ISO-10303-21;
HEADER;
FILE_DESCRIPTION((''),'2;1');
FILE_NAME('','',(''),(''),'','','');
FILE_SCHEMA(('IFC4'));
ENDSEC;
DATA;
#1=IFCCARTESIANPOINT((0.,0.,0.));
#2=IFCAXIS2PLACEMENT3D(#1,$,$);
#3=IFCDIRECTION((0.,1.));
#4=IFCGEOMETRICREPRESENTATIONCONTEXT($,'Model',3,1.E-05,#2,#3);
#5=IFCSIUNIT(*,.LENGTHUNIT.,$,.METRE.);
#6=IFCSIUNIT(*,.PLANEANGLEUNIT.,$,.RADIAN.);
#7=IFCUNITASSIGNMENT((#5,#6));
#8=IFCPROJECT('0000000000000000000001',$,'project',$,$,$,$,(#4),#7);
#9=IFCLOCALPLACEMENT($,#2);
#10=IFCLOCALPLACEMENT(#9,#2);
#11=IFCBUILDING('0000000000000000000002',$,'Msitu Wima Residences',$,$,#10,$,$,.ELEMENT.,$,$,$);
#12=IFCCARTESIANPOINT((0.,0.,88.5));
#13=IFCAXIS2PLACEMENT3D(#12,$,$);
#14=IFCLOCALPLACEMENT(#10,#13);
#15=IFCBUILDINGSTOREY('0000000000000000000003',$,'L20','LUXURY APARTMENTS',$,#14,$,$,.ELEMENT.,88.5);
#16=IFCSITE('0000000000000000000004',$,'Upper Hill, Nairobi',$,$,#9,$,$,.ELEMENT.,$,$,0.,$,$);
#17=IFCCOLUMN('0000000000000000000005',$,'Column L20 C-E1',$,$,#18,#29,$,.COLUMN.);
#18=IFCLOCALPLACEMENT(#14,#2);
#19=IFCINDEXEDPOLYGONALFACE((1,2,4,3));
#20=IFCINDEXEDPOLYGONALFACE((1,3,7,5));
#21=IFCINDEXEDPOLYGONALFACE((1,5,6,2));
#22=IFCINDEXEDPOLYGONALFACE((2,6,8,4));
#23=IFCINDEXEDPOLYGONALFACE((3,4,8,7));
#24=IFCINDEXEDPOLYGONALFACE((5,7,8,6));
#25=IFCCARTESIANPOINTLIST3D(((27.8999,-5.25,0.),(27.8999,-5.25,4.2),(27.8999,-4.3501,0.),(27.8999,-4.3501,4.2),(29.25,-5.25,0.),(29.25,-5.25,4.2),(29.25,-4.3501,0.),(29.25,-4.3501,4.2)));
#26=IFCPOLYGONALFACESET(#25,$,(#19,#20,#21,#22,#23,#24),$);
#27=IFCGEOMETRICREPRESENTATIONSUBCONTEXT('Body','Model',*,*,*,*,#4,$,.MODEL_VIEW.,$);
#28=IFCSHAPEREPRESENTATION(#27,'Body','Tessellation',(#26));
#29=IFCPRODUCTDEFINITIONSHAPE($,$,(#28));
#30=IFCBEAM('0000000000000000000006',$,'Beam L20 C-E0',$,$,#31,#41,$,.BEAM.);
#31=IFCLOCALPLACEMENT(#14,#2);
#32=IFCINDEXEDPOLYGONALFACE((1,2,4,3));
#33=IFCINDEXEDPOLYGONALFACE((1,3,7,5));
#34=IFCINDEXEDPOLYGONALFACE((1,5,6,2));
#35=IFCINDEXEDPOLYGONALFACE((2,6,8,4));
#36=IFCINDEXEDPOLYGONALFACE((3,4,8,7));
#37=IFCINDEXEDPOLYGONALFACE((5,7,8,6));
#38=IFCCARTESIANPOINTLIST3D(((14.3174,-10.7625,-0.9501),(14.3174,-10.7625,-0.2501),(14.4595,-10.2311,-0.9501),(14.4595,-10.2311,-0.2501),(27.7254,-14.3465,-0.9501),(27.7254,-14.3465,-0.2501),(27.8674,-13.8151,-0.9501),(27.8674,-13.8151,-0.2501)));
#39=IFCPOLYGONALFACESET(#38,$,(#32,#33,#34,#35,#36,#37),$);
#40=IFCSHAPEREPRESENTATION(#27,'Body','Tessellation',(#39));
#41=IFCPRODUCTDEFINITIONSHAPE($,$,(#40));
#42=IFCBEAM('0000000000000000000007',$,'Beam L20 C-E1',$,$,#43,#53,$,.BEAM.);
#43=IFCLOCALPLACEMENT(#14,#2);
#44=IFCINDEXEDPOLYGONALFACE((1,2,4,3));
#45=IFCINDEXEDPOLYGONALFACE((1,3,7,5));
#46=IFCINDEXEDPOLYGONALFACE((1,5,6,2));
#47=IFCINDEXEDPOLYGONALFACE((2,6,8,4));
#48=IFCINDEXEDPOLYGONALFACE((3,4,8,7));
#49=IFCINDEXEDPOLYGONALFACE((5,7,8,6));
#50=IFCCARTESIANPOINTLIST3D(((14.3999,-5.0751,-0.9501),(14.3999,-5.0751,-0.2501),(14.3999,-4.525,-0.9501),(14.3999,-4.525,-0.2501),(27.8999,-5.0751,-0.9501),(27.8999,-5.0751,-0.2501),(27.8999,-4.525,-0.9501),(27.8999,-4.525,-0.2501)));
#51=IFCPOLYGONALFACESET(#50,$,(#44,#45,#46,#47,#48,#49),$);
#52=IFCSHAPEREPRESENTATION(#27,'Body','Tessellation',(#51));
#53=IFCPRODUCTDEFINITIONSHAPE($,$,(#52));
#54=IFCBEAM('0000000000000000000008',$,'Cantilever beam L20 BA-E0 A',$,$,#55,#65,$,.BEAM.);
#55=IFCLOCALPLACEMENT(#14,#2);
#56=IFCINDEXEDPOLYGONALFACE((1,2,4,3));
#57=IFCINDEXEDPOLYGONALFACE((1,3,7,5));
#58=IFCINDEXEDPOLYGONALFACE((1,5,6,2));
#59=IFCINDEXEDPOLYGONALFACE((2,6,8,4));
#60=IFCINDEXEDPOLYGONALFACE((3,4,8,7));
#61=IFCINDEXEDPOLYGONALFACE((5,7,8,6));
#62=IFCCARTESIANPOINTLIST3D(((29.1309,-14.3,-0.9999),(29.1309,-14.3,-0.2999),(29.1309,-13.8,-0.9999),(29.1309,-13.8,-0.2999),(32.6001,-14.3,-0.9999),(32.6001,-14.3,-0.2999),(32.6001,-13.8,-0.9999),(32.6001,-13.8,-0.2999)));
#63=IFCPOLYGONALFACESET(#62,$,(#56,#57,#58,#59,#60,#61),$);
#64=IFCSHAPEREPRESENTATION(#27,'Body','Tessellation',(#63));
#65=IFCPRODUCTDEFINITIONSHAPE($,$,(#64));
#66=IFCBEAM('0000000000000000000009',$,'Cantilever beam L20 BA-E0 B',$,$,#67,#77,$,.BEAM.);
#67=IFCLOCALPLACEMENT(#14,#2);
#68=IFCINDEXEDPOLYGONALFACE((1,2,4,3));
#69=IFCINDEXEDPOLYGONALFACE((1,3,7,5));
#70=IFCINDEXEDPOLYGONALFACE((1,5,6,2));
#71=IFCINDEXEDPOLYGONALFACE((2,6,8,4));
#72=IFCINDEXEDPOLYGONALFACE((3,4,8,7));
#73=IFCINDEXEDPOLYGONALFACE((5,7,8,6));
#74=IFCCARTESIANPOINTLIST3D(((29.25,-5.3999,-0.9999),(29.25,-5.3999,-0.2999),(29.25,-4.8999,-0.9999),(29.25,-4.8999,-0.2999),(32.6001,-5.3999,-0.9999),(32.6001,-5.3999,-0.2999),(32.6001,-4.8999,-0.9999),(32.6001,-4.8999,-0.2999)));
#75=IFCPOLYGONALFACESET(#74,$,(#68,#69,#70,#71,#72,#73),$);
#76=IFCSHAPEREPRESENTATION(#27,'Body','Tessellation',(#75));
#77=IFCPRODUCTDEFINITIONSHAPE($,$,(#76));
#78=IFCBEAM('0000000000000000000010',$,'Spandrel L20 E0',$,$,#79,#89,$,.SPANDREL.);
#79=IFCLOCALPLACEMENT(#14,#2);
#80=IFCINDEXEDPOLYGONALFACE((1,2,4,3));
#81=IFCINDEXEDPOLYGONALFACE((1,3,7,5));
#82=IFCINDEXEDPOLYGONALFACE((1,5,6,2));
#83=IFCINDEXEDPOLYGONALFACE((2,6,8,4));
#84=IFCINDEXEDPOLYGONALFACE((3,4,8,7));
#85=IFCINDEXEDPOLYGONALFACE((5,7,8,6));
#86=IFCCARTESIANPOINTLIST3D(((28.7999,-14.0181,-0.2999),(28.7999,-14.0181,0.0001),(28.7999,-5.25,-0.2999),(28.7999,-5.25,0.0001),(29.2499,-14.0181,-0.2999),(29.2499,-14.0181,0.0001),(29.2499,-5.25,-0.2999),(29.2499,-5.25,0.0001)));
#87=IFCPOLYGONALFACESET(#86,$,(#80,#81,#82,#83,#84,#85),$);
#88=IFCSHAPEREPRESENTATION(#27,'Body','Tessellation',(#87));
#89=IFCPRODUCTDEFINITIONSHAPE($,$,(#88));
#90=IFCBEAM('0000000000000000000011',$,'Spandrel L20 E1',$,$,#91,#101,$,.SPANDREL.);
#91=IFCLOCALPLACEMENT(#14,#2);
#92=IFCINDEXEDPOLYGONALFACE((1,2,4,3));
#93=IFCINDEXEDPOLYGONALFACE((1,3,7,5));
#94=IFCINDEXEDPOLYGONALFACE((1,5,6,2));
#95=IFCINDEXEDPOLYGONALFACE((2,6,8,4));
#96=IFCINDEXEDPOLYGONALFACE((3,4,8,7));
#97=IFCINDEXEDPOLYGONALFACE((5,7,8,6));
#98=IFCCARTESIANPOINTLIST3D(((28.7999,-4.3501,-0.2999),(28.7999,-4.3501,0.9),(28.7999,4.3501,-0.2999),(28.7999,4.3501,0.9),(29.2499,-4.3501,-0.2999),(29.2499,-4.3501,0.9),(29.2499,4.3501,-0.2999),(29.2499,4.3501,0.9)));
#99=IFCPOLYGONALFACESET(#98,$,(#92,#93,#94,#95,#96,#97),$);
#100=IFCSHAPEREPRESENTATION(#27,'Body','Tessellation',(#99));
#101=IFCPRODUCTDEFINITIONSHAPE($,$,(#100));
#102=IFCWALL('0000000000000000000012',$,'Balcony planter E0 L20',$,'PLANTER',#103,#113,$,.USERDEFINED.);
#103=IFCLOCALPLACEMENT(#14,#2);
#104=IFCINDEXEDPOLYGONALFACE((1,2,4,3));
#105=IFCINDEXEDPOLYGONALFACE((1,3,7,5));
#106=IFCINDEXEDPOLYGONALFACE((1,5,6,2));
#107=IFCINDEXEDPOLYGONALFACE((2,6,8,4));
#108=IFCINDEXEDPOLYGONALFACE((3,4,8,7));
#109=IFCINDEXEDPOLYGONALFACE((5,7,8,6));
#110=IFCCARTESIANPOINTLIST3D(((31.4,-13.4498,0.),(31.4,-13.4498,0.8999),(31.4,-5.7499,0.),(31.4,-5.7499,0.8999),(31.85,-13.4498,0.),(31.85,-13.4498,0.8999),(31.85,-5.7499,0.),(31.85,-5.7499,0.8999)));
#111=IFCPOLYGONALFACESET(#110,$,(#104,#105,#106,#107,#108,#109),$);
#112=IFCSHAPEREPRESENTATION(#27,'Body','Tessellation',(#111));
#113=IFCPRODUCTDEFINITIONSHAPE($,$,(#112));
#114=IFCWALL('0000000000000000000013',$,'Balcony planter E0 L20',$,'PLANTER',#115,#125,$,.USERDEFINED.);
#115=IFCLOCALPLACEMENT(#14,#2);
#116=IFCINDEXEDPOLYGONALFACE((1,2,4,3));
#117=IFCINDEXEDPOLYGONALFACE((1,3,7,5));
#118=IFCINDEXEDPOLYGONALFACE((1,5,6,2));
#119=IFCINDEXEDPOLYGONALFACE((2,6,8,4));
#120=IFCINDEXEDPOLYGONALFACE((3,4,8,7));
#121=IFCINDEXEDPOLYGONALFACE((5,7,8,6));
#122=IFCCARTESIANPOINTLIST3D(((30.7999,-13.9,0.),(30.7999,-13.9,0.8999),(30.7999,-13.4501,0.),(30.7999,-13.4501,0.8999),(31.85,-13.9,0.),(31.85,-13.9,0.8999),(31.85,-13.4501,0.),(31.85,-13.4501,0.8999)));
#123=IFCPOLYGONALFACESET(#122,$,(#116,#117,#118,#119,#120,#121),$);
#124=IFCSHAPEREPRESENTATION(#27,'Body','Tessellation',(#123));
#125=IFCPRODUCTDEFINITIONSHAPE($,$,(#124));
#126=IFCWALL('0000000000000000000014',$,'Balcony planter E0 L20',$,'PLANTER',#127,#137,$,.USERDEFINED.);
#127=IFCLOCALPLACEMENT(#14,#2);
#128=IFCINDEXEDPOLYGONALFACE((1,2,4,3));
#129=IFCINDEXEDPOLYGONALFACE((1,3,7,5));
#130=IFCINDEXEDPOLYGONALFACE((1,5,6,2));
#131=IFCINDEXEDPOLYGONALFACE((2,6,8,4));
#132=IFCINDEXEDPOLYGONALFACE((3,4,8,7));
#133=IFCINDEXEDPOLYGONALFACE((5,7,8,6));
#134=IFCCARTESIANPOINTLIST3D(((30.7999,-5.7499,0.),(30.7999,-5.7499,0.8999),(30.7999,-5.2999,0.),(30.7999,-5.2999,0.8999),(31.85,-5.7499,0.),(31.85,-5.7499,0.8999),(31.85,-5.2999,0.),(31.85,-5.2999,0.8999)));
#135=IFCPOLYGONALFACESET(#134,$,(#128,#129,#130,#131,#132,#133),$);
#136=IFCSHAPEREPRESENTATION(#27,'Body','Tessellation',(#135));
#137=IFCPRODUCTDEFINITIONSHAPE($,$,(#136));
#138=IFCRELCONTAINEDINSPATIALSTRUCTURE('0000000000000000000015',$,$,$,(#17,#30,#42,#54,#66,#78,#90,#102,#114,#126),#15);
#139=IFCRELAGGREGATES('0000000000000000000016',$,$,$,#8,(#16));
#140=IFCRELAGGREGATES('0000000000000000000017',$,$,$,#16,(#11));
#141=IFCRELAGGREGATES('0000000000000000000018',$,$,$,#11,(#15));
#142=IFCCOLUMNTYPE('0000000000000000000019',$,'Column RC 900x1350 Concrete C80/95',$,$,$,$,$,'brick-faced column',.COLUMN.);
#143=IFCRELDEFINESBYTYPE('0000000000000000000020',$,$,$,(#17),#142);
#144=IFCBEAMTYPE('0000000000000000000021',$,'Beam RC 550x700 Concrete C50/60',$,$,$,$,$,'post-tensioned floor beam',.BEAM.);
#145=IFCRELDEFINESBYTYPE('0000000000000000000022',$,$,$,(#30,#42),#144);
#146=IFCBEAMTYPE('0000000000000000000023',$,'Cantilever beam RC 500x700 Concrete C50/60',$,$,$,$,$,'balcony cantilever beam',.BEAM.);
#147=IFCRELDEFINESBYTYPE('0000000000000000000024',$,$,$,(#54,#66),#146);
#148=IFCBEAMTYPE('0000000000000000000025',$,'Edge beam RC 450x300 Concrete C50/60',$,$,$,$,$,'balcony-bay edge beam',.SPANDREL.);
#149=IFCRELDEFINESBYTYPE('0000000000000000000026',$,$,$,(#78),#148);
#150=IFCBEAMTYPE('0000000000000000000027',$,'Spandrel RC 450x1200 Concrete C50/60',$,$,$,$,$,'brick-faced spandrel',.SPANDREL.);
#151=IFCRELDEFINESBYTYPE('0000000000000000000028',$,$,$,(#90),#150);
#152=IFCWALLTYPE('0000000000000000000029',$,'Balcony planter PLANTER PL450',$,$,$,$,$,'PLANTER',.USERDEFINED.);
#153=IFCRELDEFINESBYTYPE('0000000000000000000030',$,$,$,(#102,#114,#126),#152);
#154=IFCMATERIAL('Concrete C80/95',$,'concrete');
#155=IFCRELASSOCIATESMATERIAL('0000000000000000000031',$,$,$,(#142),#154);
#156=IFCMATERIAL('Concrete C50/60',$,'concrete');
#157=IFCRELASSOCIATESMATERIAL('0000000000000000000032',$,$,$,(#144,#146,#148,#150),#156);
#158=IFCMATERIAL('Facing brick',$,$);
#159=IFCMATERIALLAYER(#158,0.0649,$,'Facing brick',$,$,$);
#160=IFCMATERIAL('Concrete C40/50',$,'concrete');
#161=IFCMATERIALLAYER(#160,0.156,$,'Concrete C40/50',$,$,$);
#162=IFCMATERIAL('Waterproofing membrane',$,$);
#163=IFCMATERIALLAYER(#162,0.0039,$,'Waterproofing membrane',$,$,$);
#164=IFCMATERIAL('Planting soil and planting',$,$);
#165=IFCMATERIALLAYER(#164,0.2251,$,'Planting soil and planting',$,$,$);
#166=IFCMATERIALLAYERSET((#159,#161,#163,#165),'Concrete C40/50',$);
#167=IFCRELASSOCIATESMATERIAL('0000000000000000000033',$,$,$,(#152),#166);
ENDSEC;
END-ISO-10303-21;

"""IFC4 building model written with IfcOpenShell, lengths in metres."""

from ifc_helpers import new_model, si_unit, direction, frame, frame_2d, origin, origin_2d, place, context, subcontext, project, spatial, rectangle, extrude, material, layer, layer_set, material_profile, profile_set, type_object, element, save


model = new_model("IFC4")

# Units and contexts
model_context = context("Model", 3, precision=1e-05, world=origin(), true_north=direction((0.0, 1.0)))
body_context = subcontext(model_context, "Body", "Model", "MODEL_VIEW")
ifc_project = project(units=[si_unit("LENGTHUNIT", "METRE"), si_unit("PLANEANGLEUNIT", "RADIAN")], contexts=[model_context])

# Site, building, storey
site_placement = place(None, origin())
site = spatial("IfcSite", under=ifc_project, at=site_placement, Name="Upper Hill, Nairobi", CompositionType="ELEMENT", RefElevation=0.0)
building_placement = place(site_placement, origin())
building = spatial("IfcBuilding", under=site, at=building_placement, Name="Msitu Wima Residences", CompositionType="ELEMENT")
storey_placement = place(building_placement, frame((0.0, 0.0, 88.5)))
storey = spatial("IfcBuildingStorey", under=building, at=storey_placement, Name="L20", Description="LUXURY APARTMENTS", CompositionType="ELEMENT", Elevation=88.5)

# Column
ifc_material_1 = material(Name="Concrete C80/95", Category="concrete")
ifc_material_profile_1 = material_profile(ifc_material_1, rectangle(XDim=0.8999, YDim=1.3501, at=origin_2d()), Name="RC 900x1350")
ifc_profile_set_1 = profile_set([ifc_material_profile_1], Name="Concrete C80/95")
column_type = type_object("IfcColumnType", Name="Column RC 900x1350 Concrete C80/95", ElementType="brick-faced column", PredefinedType="COLUMN", material=ifc_profile_set_1)
column_placement = place(storey_placement, frame((28.575, -4.8, 0.0), z_axis=(0.0, 0.0, 1.0), x_axis=(0.0, 1.0, 0.0)))
element("IfcColumn", 1, at=column_placement, inside=storey, type_object=column_type, Name="Column L20 C-E1", PredefinedType="COLUMN", context=body_context, shape_type="SweptSolid", body=[
    extrude(rectangle(XDim=0.8999, YDim=1.3501, at=origin_2d()), origin(), (0.0, 0.0, 1.0), 4.2),
])

# Beams
ifc_material_2 = material(Name="Concrete C50/60", Category="concrete")
ifc_material_profile_2 = material_profile(ifc_material_2, rectangle(XDim=0.55, YDim=0.7, at=origin_2d()), Name="RC 550x700")
ifc_profile_set_2 = profile_set([ifc_material_profile_2], Name="Concrete C50/60")
beam_type_1 = type_object("IfcBeamType", Name="Beam RC 550x700 Concrete C50/60", ElementType="post-tensioned floor beam", PredefinedType="BEAM", material=ifc_profile_set_2)
beam_1_placement = place(storey_placement, frame((27.7964, -14.0808, -0.6001), z_axis=(-0.966082, 0.258236, 0.0), x_axis=(-0.258236, -0.966082, 0.0)))
element("IfcBeam", 2, at=beam_1_placement, inside=storey, type_object=beam_type_1, Name="Beam L20 C-E0", PredefinedType="BEAM", context=body_context, shape_type="SweptSolid", body=[
    extrude(rectangle(XDim=0.55, YDim=0.7, at=origin_2d()), origin(), (0.0, 0.0, 1.0), 13.8787),
])
beam_2_placement = place(storey_placement, frame((27.8999, -4.8, -0.6001), z_axis=(-1.0, 0.0, 0.0), x_axis=(0.0, -1.0, 0.0)))
element("IfcBeam", 3, at=beam_2_placement, inside=storey, type_object=beam_type_1, Name="Beam L20 C-E1", PredefinedType="BEAM", context=body_context, shape_type="SweptSolid", body=[
    extrude(rectangle(XDim=0.55, YDim=0.7, at=origin_2d()), origin(), (0.0, 0.0, 1.0), 13.5),
])
ifc_material_profile_3 = material_profile(ifc_material_2, rectangle(XDim=0.5, YDim=0.7, at=origin_2d()), Name="RC 500x700")
ifc_profile_set_3 = profile_set([ifc_material_profile_3], Name="Concrete C50/60")
beam_type_2 = type_object("IfcBeamType", Name="Cantilever beam RC 500x700 Concrete C50/60", ElementType="balcony cantilever beam", PredefinedType="BEAM", material=ifc_profile_set_3)
beam_3_placement = place(storey_placement, frame((29.1309, -14.05, -0.6499), z_axis=(1.0, 0.0, 0.0), x_axis=(0.0, 1.0, 0.0)))
element("IfcBeam", 4, at=beam_3_placement, inside=storey, type_object=beam_type_2, Name="Cantilever beam L20 BA-E0 A", PredefinedType="BEAM", context=body_context, shape_type="SweptSolid", body=[
    extrude(rectangle(XDim=0.5, YDim=0.7, at=origin_2d()), origin(), (0.0, 0.0, 1.0), 3.4692),
])
beam_4_placement = place(storey_placement, frame((29.25, -5.1499, -0.6499), z_axis=(1.0, 0.0, 0.0), x_axis=(0.0, 1.0, 0.0)))
element("IfcBeam", 5, at=beam_4_placement, inside=storey, type_object=beam_type_2, Name="Cantilever beam L20 BA-E0 B", PredefinedType="BEAM", context=body_context, shape_type="SweptSolid", body=[
    extrude(rectangle(XDim=0.5, YDim=0.7, at=origin_2d()), origin(), (0.0, 0.0, 1.0), 3.3501),
])
ifc_material_profile_4 = material_profile(ifc_material_2, rectangle(XDim=0.45, YDim=0.3, at=origin_2d()), Name="RC 450x300")
ifc_profile_set_4 = profile_set([ifc_material_profile_4], Name="Concrete C50/60")
beam_type_3 = type_object("IfcBeamType", Name="Edge beam RC 450x300 Concrete C50/60", ElementType="balcony-bay edge beam", PredefinedType="SPANDREL", material=ifc_profile_set_4)
beam_5_placement = place(storey_placement, frame((29.0249, -14.0181, -0.1499), z_axis=(0.0, 1.0, 0.0), x_axis=(-1.0, 0.0, 0.0)))
element("IfcBeam", 6, at=beam_5_placement, inside=storey, type_object=beam_type_3, Name="Spandrel L20 E0", PredefinedType="SPANDREL", context=body_context, shape_type="SweptSolid", body=[
    extrude(rectangle(XDim=0.45, YDim=0.3, at=origin_2d()), origin(), (0.0, 0.0, 1.0), 8.7681),
])
ifc_material_profile_5 = material_profile(ifc_material_2, rectangle(XDim=0.45, YDim=1.2, at=origin_2d()), Name="RC 450x1200")
ifc_profile_set_5 = profile_set([ifc_material_profile_5], Name="Concrete C50/60")
beam_type_4 = type_object("IfcBeamType", Name="Spandrel RC 450x1200 Concrete C50/60", ElementType="brick-faced spandrel", PredefinedType="SPANDREL", material=ifc_profile_set_5)
beam_6_placement = place(storey_placement, frame((29.0249, -4.3501, 0.3), z_axis=(0.0, 1.0, 0.0), x_axis=(-1.0, 0.0, 0.0)))
element("IfcBeam", 7, at=beam_6_placement, inside=storey, type_object=beam_type_4, Name="Spandrel L20 E1", PredefinedType="SPANDREL", context=body_context, shape_type="SweptSolid", body=[
    extrude(rectangle(XDim=0.45, YDim=1.2, at=origin_2d()), origin(), (0.0, 0.0, 1.0), 8.7002),
])

# Walls
ifc_material_3 = material(Name="Facing brick")
ifc_layer_1 = layer(ifc_material_3, 0.0649, Name="Facing brick")
ifc_material_4 = material(Name="Concrete C40/50", Category="concrete")
ifc_layer_2 = layer(ifc_material_4, 0.156, Name="Concrete C40/50")
ifc_material_5 = material(Name="Waterproofing membrane")
ifc_layer_3 = layer(ifc_material_5, 0.0039, Name="Waterproofing membrane")
ifc_material_6 = material(Name="Planting soil and planting")
ifc_layer_4 = layer(ifc_material_6, 0.2251, Name="Planting soil and planting")
ifc_layer_set_1 = layer_set([ifc_layer_1, ifc_layer_2, ifc_layer_3, ifc_layer_4], Name="Concrete C40/50")
wall_type_1 = type_object("IfcWallType", Name="Balcony planter PLANTER PL450", ElementType="PLANTER", PredefinedType="USERDEFINED", material=ifc_layer_set_1)
wall_1_placement = place(storey_placement, frame((31.625, -13.45, 0.0), z_axis=(0.0, 0.0, 1.0), x_axis=(0.0, 1.0, 0.0)))
element("IfcWall", 8, at=wall_1_placement, inside=storey, type_object=wall_type_1, Name="Balcony planter E0 L20", ObjectType="PLANTER", PredefinedType="USERDEFINED", context=body_context, shape_type="SweptSolid", body=[
    extrude(rectangle(XDim=7.7, YDim=0.45, at=frame_2d((3.8501, 0.0))), origin(), (0.0, 0.0, 1.0), 0.8999),
])
for number, where, z_axis, x_axis, name in (
    (9, (30.8, -13.675, 0.0), (0.0, 0.0, 1.0), (1.0, 0.0, 0.0), "Balcony planter E0 L20"),
    (10, (30.8, -5.5249, 0.0), (0.0, 0.0, 1.0), (1.0, 0.0, 0.0), "Balcony planter E0 L20"),
):
    element("IfcWall", number, at=place(storey_placement, frame(where, z_axis=z_axis, x_axis=x_axis)), inside=storey, type_object=wall_type_1, Name=name, ObjectType="PLANTER", PredefinedType="USERDEFINED", context=body_context, shape_type="SweptSolid", body=[
        extrude(rectangle(XDim=1.05, YDim=0.45, at=frame_2d((0.5249, 0.0))), origin(), (0.0, 0.0, 1.0), 0.8999),
    ])

save(model, "model.ifc")
